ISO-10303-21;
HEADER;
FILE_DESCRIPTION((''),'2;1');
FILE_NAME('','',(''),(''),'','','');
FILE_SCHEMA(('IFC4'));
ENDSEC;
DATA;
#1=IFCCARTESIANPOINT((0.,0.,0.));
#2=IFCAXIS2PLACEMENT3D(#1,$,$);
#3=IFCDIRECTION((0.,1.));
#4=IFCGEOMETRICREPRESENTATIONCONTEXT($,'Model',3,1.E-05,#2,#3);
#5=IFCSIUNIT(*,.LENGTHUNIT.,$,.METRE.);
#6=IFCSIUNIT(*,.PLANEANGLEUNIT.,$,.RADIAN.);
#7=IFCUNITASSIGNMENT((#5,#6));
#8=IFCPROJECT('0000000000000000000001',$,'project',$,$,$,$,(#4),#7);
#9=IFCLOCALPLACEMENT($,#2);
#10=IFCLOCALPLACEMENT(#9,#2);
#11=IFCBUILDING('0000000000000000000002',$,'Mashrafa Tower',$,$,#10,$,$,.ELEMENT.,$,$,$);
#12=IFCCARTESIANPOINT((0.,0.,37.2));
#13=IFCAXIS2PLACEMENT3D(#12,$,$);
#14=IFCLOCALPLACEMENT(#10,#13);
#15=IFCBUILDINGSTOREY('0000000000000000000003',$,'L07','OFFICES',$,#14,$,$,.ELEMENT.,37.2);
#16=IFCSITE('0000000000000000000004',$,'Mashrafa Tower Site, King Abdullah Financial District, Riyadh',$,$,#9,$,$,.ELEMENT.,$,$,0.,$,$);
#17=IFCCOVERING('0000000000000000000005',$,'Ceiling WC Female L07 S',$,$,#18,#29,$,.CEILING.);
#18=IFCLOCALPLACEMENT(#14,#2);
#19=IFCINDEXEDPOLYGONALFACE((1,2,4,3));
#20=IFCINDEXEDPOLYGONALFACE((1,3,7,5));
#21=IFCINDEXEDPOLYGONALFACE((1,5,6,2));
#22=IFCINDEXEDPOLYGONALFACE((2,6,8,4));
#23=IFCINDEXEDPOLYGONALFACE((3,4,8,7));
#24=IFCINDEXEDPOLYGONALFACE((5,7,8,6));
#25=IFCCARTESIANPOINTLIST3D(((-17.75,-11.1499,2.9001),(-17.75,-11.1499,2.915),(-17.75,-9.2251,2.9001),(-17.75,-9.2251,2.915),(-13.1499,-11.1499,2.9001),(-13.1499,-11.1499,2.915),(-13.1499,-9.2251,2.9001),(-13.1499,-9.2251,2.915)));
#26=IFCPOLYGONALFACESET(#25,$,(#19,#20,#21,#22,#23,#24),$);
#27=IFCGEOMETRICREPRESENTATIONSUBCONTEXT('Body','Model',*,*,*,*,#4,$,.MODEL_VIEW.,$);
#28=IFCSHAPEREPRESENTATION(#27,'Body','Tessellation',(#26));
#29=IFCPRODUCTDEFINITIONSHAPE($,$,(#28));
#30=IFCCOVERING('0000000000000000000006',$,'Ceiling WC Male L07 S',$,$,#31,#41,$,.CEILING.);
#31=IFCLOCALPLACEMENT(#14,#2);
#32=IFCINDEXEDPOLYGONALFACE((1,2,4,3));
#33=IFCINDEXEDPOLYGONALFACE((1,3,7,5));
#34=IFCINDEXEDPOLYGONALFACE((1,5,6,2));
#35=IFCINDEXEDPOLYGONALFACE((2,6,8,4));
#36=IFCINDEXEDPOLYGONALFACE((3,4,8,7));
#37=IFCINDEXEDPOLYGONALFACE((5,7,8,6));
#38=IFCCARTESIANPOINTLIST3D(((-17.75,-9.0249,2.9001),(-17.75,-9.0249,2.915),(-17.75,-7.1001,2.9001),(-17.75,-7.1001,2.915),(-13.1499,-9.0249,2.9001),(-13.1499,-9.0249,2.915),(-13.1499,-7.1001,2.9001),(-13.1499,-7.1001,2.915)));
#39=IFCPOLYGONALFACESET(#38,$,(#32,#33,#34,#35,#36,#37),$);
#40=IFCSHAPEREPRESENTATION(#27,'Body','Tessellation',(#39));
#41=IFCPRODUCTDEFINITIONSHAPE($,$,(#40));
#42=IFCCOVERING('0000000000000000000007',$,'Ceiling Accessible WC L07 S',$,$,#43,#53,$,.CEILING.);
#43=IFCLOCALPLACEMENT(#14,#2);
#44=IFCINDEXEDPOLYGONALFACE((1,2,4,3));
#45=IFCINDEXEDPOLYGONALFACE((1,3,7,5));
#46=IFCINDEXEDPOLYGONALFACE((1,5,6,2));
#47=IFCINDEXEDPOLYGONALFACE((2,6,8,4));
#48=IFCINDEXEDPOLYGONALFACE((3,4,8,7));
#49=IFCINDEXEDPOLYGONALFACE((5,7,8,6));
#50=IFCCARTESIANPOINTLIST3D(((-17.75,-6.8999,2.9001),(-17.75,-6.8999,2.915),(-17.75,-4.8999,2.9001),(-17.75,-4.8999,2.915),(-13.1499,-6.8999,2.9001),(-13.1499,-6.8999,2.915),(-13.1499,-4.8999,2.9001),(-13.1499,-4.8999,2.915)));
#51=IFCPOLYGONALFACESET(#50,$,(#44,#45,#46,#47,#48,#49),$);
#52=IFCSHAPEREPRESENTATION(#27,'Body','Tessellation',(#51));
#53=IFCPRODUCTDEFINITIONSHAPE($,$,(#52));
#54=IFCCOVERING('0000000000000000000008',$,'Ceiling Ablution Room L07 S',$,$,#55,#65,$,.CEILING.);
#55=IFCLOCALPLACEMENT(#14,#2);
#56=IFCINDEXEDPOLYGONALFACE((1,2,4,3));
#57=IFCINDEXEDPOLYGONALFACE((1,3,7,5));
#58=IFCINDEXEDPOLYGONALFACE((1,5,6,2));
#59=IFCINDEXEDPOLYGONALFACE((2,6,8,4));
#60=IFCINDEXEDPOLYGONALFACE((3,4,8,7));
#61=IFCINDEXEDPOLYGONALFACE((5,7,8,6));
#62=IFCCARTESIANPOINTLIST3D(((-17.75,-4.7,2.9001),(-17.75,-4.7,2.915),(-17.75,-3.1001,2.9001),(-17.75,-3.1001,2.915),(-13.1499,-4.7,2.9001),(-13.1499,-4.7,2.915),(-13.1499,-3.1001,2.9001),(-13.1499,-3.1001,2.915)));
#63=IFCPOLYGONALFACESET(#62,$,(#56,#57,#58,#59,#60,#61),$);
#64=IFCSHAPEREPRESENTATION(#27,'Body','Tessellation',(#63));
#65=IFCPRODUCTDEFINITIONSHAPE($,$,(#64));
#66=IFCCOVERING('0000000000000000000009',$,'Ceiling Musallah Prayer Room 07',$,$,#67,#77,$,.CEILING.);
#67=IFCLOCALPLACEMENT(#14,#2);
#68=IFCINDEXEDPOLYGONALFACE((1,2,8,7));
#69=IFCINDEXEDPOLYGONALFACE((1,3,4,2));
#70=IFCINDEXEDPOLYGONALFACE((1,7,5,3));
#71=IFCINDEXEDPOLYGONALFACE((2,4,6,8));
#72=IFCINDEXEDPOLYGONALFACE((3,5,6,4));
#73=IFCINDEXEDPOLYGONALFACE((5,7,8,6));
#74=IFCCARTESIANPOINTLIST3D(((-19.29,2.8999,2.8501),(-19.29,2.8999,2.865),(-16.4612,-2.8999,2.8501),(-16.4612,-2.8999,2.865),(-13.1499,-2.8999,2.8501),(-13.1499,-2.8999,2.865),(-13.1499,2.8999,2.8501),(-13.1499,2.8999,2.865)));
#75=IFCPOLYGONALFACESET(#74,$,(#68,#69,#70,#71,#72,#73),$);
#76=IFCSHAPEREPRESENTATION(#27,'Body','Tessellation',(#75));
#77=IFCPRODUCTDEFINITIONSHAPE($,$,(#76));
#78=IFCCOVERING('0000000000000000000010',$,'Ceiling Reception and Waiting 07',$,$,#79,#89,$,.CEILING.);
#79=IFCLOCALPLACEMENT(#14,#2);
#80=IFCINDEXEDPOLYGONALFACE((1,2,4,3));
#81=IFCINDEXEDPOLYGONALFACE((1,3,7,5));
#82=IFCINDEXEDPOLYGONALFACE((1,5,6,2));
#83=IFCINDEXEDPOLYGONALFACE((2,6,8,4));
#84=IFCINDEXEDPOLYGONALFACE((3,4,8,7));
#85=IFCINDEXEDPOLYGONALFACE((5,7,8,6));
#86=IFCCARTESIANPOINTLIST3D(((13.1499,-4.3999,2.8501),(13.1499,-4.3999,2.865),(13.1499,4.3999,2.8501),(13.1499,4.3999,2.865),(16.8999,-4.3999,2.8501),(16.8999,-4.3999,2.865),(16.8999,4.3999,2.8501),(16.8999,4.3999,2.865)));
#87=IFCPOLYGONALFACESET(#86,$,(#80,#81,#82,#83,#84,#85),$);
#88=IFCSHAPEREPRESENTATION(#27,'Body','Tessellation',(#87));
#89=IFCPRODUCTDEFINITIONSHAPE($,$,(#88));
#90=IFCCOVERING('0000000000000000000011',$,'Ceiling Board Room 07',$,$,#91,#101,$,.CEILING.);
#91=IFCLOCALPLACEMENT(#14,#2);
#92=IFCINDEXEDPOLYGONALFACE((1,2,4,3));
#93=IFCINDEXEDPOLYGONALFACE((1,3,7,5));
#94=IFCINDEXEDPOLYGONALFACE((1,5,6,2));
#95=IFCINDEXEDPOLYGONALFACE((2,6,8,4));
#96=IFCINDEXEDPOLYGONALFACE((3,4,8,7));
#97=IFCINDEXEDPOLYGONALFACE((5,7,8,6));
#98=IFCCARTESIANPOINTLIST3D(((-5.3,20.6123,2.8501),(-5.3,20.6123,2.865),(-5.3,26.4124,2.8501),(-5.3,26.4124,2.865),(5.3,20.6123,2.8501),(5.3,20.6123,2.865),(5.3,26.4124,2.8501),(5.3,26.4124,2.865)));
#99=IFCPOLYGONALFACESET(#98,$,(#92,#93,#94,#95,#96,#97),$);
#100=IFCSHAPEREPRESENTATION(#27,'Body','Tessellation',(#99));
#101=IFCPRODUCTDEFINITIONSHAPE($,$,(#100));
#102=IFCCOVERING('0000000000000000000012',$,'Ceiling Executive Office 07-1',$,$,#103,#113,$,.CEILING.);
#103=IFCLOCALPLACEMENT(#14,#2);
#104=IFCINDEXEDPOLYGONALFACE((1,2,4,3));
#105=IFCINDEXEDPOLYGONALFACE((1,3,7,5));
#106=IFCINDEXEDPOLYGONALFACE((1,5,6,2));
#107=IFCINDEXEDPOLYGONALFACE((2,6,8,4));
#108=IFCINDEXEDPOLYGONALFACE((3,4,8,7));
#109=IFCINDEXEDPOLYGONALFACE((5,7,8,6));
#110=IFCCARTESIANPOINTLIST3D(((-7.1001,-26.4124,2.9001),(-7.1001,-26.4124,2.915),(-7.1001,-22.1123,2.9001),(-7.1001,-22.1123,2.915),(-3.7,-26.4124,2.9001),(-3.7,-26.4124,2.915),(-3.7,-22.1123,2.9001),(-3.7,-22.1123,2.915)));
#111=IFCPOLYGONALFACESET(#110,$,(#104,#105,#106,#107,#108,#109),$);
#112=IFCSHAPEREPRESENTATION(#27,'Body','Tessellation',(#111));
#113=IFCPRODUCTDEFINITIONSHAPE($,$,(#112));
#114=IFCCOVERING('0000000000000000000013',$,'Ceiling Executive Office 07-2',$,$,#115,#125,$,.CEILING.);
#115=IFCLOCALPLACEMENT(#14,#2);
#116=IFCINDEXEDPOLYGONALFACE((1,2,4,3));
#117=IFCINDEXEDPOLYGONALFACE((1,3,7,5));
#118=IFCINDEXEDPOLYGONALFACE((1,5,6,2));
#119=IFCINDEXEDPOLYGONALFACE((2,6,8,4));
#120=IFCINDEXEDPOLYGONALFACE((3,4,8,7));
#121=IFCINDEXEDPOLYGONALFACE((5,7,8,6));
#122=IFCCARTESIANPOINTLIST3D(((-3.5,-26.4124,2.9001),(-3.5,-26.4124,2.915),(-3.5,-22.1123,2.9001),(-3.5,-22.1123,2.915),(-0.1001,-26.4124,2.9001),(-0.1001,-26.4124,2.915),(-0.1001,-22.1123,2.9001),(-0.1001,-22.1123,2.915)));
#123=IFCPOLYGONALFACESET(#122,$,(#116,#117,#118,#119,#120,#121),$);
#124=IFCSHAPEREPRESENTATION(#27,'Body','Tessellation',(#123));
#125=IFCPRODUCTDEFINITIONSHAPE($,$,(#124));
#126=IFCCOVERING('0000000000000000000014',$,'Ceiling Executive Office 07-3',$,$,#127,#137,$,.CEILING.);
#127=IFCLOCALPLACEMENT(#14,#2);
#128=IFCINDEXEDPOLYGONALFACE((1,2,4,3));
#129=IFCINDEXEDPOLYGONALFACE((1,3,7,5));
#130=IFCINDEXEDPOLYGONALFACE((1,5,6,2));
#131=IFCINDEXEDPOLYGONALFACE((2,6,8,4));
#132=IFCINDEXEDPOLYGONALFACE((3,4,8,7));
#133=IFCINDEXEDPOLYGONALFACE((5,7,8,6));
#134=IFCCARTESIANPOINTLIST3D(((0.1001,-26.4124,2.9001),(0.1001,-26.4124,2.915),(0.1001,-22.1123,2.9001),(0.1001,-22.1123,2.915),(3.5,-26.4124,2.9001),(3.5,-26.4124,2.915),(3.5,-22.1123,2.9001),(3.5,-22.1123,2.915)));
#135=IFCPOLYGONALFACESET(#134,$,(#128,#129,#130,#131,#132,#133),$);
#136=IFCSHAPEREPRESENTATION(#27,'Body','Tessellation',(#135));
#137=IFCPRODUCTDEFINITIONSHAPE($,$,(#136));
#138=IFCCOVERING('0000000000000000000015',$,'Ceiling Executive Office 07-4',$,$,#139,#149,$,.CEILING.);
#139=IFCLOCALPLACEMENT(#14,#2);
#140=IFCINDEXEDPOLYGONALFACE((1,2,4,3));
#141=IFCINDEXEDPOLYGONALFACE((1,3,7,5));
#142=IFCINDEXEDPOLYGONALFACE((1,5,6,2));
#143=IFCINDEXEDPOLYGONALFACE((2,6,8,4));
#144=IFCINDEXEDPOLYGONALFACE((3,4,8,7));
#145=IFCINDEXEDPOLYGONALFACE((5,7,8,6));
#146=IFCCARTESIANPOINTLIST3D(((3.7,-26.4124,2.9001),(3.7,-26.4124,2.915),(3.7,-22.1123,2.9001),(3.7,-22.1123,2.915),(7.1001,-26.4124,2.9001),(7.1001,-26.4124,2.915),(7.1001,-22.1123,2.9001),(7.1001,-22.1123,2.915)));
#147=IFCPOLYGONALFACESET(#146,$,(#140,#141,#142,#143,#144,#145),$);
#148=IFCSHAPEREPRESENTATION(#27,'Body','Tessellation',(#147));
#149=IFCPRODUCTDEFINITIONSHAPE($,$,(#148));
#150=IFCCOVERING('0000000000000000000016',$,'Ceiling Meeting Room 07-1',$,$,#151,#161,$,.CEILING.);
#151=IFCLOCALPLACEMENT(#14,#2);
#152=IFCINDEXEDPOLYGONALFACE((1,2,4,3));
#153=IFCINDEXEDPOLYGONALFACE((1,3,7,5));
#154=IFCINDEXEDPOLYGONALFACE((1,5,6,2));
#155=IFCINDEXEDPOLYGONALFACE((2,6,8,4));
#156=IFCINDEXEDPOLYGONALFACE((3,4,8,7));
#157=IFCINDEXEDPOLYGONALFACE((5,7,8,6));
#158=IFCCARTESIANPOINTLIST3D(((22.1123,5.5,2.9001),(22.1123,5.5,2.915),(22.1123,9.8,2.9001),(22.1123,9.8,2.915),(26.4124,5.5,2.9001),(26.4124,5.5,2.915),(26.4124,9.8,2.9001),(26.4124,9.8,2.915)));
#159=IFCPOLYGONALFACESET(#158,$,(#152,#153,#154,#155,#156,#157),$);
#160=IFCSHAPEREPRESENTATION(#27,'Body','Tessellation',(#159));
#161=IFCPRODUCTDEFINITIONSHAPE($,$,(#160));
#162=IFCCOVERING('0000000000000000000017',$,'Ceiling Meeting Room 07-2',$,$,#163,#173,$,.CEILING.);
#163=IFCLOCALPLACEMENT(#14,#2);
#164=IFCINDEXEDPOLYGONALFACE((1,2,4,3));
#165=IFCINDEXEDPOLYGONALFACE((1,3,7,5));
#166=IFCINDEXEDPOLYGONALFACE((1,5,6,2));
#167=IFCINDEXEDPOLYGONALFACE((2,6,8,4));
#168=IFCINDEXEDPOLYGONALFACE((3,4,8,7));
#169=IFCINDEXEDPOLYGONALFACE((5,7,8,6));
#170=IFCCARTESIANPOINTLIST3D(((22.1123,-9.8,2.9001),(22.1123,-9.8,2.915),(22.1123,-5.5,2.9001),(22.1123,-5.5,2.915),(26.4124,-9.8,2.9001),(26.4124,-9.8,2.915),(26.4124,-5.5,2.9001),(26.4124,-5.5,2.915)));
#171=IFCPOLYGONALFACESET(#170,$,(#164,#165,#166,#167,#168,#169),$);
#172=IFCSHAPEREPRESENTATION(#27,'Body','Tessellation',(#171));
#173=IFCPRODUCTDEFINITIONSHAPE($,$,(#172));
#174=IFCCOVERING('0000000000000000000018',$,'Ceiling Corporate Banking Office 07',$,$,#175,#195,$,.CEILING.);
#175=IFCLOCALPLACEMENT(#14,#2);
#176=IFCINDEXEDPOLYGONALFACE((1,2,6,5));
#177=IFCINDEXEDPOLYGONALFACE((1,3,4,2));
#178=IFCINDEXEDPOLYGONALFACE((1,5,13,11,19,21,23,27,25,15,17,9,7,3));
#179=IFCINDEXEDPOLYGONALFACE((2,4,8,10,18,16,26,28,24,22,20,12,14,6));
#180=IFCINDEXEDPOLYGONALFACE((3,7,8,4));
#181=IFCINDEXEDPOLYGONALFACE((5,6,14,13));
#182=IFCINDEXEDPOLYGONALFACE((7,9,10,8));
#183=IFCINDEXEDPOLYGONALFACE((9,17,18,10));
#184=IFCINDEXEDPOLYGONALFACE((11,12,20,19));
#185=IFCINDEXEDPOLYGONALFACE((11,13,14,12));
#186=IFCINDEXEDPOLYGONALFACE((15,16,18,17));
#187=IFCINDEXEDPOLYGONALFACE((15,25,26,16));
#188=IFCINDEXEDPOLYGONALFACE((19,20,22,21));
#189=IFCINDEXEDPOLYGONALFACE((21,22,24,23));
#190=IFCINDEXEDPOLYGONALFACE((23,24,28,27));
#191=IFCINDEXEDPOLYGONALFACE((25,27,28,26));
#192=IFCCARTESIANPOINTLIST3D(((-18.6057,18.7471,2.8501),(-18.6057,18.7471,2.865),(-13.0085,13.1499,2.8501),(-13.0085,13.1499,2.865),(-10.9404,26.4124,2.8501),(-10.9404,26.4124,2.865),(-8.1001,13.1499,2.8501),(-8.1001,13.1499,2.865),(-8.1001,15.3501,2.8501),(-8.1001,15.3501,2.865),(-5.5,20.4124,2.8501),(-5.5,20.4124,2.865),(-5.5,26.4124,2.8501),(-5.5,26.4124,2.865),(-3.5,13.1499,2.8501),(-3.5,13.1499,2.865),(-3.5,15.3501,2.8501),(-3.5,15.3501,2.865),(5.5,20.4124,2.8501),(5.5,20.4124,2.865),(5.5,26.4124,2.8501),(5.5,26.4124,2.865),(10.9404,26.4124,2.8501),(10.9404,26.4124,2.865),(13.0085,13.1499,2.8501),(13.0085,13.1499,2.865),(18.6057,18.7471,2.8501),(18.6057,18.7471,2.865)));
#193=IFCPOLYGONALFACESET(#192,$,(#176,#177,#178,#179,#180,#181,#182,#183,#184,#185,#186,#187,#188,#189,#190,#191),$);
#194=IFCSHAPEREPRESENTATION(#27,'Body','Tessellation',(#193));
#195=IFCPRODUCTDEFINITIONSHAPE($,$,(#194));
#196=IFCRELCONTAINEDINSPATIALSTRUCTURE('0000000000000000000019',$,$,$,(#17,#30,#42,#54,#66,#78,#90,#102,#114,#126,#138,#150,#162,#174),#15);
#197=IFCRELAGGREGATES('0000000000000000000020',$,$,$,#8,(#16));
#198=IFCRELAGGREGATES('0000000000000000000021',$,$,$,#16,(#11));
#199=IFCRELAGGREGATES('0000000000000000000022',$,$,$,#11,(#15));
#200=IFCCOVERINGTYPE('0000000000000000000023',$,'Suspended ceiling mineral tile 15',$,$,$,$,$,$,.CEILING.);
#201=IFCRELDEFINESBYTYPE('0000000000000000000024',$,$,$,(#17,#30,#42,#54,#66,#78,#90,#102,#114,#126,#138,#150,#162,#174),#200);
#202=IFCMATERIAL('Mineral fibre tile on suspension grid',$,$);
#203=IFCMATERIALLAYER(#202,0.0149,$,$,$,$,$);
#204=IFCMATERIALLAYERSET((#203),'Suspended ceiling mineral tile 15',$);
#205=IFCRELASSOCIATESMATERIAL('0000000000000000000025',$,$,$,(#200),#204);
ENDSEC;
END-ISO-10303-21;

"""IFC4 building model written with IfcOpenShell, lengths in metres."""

from ifc_helpers import new_model, si_unit, direction, frame, origin, place, context, subcontext, project, spatial, polyline, outline, extrude, material, layer, layer_set, type_object, element, save


model = new_model("IFC4")

# Units and contexts
model_context = context("Model", 3, precision=1e-05, world=origin(), true_north=direction((0.0, 1.0)))
body_context = subcontext(model_context, "Body", "Model", "MODEL_VIEW")
ifc_project = project(units=[si_unit("LENGTHUNIT", "METRE"), si_unit("PLANEANGLEUNIT", "RADIAN")], contexts=[model_context])

# Site, building, storey
site_placement = place(None, origin())
site = spatial("IfcSite", under=ifc_project, at=site_placement, Name="Mashrafa Tower Site, King Abdullah Financial District, Riyadh", CompositionType="ELEMENT", RefElevation=0.0)
building_placement = place(site_placement, origin())
building = spatial("IfcBuilding", under=site, at=building_placement, Name="Mashrafa Tower", CompositionType="ELEMENT")
storey_placement = place(building_placement, frame((0.0, 0.0, 37.2)))
storey = spatial("IfcBuildingStorey", under=building, at=storey_placement, Name="L07", Description="OFFICES", CompositionType="ELEMENT", Elevation=37.2)

# Coverings
ifc_material_1 = material(Name="Mineral fibre tile on suspension grid")
ifc_layer_1 = layer(ifc_material_1, 0.0149)
ifc_layer_set_1 = layer_set([ifc_layer_1], Name="Suspended ceiling mineral tile 15")
covering_type = type_object("IfcCoveringType", Name="Suspended ceiling mineral tile 15", PredefinedType="CEILING", material=ifc_layer_set_1)
covering_1_placement = place(storey_placement, frame((0.0, 0.0, 2.9001)))
element("IfcCovering", 1, at=covering_1_placement, inside=storey, type_object=covering_type, Name="Ceiling WC Female L07 S", PredefinedType="CEILING", context=body_context, shape_type="SweptSolid", body=[
    extrude(outline(polyline([(-17.75, -11.1499), (-17.75, -9.2251), (-13.1499, -9.2251), (-13.1499, -11.1499), (-17.75, -11.1499)])), origin(), (0.0, 0.0, 1.0), 0.0149),
])
covering_2_placement = place(storey_placement, frame((0.0, 0.0, 2.9001)))
element("IfcCovering", 2, at=covering_2_placement, inside=storey, type_object=covering_type, Name="Ceiling WC Male L07 S", PredefinedType="CEILING", context=body_context, shape_type="SweptSolid", body=[
    extrude(outline(polyline([(-17.75, -9.0249), (-17.75, -7.1001), (-13.1499, -7.1001), (-13.1499, -9.0249), (-17.75, -9.0249)])), origin(), (0.0, 0.0, 1.0), 0.0149),
])
covering_3_placement = place(storey_placement, frame((0.0, 0.0, 2.9001)))
element("IfcCovering", 3, at=covering_3_placement, inside=storey, type_object=covering_type, Name="Ceiling Accessible WC L07 S", PredefinedType="CEILING", context=body_context, shape_type="SweptSolid", body=[
    extrude(outline(polyline([(-17.75, -6.8999), (-17.75, -4.8999), (-13.1499, -4.8999), (-13.1499, -6.8999), (-17.75, -6.8999)])), origin(), (0.0, 0.0, 1.0), 0.0149),
])
covering_4_placement = place(storey_placement, frame((0.0, 0.0, 2.9001)))
element("IfcCovering", 4, at=covering_4_placement, inside=storey, type_object=covering_type, Name="Ceiling Ablution Room L07 S", PredefinedType="CEILING", context=body_context, shape_type="SweptSolid", body=[
    extrude(outline(polyline([(-17.75, -4.7), (-17.75, -3.1001), (-13.1499, -3.1001), (-13.1499, -4.7), (-17.75, -4.7)])), origin(), (0.0, 0.0, 1.0), 0.0149),
])
covering_5_placement = place(storey_placement, frame((0.0, 0.0, 2.8501)))
element("IfcCovering", 5, at=covering_5_placement, inside=storey, type_object=covering_type, Name="Ceiling Musallah Prayer Room 07", PredefinedType="CEILING", context=body_context, shape_type="SweptSolid", body=[
    extrude(outline(polyline([(-16.4612, -2.8999), (-19.29, 2.8999), (-13.1499, 2.8999), (-13.1499, -2.8999), (-16.4612, -2.8999)])), origin(), (0.0, 0.0, 1.0), 0.0149),
])
covering_6_placement = place(storey_placement, frame((0.0, 0.0, 2.8501)))
element("IfcCovering", 6, at=covering_6_placement, inside=storey, type_object=covering_type, Name="Ceiling Reception and Waiting 07", PredefinedType="CEILING", context=body_context, shape_type="SweptSolid", body=[
    extrude(outline(polyline([(13.1499, 4.3999), (16.8999, 4.3999), (16.8999, -4.3999), (13.1499, -4.3999), (13.1499, 4.3999)])), origin(), (0.0, 0.0, 1.0), 0.0149),
])
covering_7_placement = place(storey_placement, frame((0.0, 0.0, 2.8501)))
element("IfcCovering", 7, at=covering_7_placement, inside=storey, type_object=covering_type, Name="Ceiling Board Room 07", PredefinedType="CEILING", context=body_context, shape_type="SweptSolid", body=[
    extrude(outline(polyline([(-5.3, 26.4124), (5.3, 26.4124), (5.3, 20.6123), (-5.3, 20.6123), (-5.3, 26.4124)])), origin(), (0.0, 0.0, 1.0), 0.0149),
])
covering_8_placement = place(storey_placement, frame((0.0, 0.0, 2.9001)))
element("IfcCovering", 8, at=covering_8_placement, inside=storey, type_object=covering_type, Name="Ceiling Executive Office 07-1", PredefinedType="CEILING", context=body_context, shape_type="SweptSolid", body=[
    extrude(outline(polyline([(-7.1001, -22.1123), (-3.7, -22.1123), (-3.7, -26.4124), (-7.1001, -26.4124), (-7.1001, -22.1123)])), origin(), (0.0, 0.0, 1.0), 0.0149),
])
covering_9_placement = place(storey_placement, frame((0.0, 0.0, 2.9001)))
element("IfcCovering", 9, at=covering_9_placement, inside=storey, type_object=covering_type, Name="Ceiling Executive Office 07-2", PredefinedType="CEILING", context=body_context, shape_type="SweptSolid", body=[
    extrude(outline(polyline([(-3.5, -22.1123), (-0.1001, -22.1123), (-0.1001, -26.4124), (-3.5, -26.4124), (-3.5, -22.1123)])), origin(), (0.0, 0.0, 1.0), 0.0149),
])
covering_10_placement = place(storey_placement, frame((0.0, 0.0, 2.9001)))
element("IfcCovering", 10, at=covering_10_placement, inside=storey, type_object=covering_type, Name="Ceiling Executive Office 07-3", PredefinedType="CEILING", context=body_context, shape_type="SweptSolid", body=[
    extrude(outline(polyline([(0.1001, -22.1123), (3.5, -22.1123), (3.5, -26.4124), (0.1001, -26.4124), (0.1001, -22.1123)])), origin(), (0.0, 0.0, 1.0), 0.0149),
])
covering_11_placement = place(storey_placement, frame((0.0, 0.0, 2.9001)))
element("IfcCovering", 11, at=covering_11_placement, inside=storey, type_object=covering_type, Name="Ceiling Executive Office 07-4", PredefinedType="CEILING", context=body_context, shape_type="SweptSolid", body=[
    extrude(outline(polyline([(3.7, -22.1123), (7.1001, -22.1123), (7.1001, -26.4124), (3.7, -26.4124), (3.7, -22.1123)])), origin(), (0.0, 0.0, 1.0), 0.0149),
])
covering_12_placement = place(storey_placement, frame((0.0, 0.0, 2.9001)))
element("IfcCovering", 12, at=covering_12_placement, inside=storey, type_object=covering_type, Name="Ceiling Meeting Room 07-1", PredefinedType="CEILING", context=body_context, shape_type="SweptSolid", body=[
    extrude(outline(polyline([(22.1123, 9.8), (26.4124, 9.8), (26.4124, 5.5), (22.1123, 5.5), (22.1123, 9.8)])), origin(), (0.0, 0.0, 1.0), 0.0149),
])
covering_13_placement = place(storey_placement, frame((0.0, 0.0, 2.9001)))
element("IfcCovering", 13, at=covering_13_placement, inside=storey, type_object=covering_type, Name="Ceiling Meeting Room 07-2", PredefinedType="CEILING", context=body_context, shape_type="SweptSolid", body=[
    extrude(outline(polyline([(22.1123, -5.5), (26.4124, -5.5), (26.4124, -9.8), (22.1123, -9.8), (22.1123, -5.5)])), origin(), (0.0, 0.0, 1.0), 0.0149),
])
covering_14_placement = place(storey_placement, frame((0.0, 0.0, 2.8501)))
element("IfcCovering", 14, at=covering_14_placement, inside=storey, type_object=covering_type, Name="Ceiling Corporate Banking Office 07", PredefinedType="CEILING", context=body_context, shape_type="SweptSolid", body=[
    extrude(outline(polyline([(-13.0085, 13.1499), (-18.6057, 18.7471), (-10.9404, 26.4124), (-5.5, 26.4124), (-5.5, 20.4124), (5.5, 20.4124), (5.5, 26.4124), (10.9404, 26.4124), (18.6057, 18.7471), (13.0085, 13.1499), (-3.5, 13.1499), (-3.5, 15.3501), (-8.1001, 15.3501), (-8.1001, 13.1499), (-13.0085, 13.1499)])), origin(), (0.0, 0.0, 1.0), 0.0149),
])

save(model, "model.ifc")
